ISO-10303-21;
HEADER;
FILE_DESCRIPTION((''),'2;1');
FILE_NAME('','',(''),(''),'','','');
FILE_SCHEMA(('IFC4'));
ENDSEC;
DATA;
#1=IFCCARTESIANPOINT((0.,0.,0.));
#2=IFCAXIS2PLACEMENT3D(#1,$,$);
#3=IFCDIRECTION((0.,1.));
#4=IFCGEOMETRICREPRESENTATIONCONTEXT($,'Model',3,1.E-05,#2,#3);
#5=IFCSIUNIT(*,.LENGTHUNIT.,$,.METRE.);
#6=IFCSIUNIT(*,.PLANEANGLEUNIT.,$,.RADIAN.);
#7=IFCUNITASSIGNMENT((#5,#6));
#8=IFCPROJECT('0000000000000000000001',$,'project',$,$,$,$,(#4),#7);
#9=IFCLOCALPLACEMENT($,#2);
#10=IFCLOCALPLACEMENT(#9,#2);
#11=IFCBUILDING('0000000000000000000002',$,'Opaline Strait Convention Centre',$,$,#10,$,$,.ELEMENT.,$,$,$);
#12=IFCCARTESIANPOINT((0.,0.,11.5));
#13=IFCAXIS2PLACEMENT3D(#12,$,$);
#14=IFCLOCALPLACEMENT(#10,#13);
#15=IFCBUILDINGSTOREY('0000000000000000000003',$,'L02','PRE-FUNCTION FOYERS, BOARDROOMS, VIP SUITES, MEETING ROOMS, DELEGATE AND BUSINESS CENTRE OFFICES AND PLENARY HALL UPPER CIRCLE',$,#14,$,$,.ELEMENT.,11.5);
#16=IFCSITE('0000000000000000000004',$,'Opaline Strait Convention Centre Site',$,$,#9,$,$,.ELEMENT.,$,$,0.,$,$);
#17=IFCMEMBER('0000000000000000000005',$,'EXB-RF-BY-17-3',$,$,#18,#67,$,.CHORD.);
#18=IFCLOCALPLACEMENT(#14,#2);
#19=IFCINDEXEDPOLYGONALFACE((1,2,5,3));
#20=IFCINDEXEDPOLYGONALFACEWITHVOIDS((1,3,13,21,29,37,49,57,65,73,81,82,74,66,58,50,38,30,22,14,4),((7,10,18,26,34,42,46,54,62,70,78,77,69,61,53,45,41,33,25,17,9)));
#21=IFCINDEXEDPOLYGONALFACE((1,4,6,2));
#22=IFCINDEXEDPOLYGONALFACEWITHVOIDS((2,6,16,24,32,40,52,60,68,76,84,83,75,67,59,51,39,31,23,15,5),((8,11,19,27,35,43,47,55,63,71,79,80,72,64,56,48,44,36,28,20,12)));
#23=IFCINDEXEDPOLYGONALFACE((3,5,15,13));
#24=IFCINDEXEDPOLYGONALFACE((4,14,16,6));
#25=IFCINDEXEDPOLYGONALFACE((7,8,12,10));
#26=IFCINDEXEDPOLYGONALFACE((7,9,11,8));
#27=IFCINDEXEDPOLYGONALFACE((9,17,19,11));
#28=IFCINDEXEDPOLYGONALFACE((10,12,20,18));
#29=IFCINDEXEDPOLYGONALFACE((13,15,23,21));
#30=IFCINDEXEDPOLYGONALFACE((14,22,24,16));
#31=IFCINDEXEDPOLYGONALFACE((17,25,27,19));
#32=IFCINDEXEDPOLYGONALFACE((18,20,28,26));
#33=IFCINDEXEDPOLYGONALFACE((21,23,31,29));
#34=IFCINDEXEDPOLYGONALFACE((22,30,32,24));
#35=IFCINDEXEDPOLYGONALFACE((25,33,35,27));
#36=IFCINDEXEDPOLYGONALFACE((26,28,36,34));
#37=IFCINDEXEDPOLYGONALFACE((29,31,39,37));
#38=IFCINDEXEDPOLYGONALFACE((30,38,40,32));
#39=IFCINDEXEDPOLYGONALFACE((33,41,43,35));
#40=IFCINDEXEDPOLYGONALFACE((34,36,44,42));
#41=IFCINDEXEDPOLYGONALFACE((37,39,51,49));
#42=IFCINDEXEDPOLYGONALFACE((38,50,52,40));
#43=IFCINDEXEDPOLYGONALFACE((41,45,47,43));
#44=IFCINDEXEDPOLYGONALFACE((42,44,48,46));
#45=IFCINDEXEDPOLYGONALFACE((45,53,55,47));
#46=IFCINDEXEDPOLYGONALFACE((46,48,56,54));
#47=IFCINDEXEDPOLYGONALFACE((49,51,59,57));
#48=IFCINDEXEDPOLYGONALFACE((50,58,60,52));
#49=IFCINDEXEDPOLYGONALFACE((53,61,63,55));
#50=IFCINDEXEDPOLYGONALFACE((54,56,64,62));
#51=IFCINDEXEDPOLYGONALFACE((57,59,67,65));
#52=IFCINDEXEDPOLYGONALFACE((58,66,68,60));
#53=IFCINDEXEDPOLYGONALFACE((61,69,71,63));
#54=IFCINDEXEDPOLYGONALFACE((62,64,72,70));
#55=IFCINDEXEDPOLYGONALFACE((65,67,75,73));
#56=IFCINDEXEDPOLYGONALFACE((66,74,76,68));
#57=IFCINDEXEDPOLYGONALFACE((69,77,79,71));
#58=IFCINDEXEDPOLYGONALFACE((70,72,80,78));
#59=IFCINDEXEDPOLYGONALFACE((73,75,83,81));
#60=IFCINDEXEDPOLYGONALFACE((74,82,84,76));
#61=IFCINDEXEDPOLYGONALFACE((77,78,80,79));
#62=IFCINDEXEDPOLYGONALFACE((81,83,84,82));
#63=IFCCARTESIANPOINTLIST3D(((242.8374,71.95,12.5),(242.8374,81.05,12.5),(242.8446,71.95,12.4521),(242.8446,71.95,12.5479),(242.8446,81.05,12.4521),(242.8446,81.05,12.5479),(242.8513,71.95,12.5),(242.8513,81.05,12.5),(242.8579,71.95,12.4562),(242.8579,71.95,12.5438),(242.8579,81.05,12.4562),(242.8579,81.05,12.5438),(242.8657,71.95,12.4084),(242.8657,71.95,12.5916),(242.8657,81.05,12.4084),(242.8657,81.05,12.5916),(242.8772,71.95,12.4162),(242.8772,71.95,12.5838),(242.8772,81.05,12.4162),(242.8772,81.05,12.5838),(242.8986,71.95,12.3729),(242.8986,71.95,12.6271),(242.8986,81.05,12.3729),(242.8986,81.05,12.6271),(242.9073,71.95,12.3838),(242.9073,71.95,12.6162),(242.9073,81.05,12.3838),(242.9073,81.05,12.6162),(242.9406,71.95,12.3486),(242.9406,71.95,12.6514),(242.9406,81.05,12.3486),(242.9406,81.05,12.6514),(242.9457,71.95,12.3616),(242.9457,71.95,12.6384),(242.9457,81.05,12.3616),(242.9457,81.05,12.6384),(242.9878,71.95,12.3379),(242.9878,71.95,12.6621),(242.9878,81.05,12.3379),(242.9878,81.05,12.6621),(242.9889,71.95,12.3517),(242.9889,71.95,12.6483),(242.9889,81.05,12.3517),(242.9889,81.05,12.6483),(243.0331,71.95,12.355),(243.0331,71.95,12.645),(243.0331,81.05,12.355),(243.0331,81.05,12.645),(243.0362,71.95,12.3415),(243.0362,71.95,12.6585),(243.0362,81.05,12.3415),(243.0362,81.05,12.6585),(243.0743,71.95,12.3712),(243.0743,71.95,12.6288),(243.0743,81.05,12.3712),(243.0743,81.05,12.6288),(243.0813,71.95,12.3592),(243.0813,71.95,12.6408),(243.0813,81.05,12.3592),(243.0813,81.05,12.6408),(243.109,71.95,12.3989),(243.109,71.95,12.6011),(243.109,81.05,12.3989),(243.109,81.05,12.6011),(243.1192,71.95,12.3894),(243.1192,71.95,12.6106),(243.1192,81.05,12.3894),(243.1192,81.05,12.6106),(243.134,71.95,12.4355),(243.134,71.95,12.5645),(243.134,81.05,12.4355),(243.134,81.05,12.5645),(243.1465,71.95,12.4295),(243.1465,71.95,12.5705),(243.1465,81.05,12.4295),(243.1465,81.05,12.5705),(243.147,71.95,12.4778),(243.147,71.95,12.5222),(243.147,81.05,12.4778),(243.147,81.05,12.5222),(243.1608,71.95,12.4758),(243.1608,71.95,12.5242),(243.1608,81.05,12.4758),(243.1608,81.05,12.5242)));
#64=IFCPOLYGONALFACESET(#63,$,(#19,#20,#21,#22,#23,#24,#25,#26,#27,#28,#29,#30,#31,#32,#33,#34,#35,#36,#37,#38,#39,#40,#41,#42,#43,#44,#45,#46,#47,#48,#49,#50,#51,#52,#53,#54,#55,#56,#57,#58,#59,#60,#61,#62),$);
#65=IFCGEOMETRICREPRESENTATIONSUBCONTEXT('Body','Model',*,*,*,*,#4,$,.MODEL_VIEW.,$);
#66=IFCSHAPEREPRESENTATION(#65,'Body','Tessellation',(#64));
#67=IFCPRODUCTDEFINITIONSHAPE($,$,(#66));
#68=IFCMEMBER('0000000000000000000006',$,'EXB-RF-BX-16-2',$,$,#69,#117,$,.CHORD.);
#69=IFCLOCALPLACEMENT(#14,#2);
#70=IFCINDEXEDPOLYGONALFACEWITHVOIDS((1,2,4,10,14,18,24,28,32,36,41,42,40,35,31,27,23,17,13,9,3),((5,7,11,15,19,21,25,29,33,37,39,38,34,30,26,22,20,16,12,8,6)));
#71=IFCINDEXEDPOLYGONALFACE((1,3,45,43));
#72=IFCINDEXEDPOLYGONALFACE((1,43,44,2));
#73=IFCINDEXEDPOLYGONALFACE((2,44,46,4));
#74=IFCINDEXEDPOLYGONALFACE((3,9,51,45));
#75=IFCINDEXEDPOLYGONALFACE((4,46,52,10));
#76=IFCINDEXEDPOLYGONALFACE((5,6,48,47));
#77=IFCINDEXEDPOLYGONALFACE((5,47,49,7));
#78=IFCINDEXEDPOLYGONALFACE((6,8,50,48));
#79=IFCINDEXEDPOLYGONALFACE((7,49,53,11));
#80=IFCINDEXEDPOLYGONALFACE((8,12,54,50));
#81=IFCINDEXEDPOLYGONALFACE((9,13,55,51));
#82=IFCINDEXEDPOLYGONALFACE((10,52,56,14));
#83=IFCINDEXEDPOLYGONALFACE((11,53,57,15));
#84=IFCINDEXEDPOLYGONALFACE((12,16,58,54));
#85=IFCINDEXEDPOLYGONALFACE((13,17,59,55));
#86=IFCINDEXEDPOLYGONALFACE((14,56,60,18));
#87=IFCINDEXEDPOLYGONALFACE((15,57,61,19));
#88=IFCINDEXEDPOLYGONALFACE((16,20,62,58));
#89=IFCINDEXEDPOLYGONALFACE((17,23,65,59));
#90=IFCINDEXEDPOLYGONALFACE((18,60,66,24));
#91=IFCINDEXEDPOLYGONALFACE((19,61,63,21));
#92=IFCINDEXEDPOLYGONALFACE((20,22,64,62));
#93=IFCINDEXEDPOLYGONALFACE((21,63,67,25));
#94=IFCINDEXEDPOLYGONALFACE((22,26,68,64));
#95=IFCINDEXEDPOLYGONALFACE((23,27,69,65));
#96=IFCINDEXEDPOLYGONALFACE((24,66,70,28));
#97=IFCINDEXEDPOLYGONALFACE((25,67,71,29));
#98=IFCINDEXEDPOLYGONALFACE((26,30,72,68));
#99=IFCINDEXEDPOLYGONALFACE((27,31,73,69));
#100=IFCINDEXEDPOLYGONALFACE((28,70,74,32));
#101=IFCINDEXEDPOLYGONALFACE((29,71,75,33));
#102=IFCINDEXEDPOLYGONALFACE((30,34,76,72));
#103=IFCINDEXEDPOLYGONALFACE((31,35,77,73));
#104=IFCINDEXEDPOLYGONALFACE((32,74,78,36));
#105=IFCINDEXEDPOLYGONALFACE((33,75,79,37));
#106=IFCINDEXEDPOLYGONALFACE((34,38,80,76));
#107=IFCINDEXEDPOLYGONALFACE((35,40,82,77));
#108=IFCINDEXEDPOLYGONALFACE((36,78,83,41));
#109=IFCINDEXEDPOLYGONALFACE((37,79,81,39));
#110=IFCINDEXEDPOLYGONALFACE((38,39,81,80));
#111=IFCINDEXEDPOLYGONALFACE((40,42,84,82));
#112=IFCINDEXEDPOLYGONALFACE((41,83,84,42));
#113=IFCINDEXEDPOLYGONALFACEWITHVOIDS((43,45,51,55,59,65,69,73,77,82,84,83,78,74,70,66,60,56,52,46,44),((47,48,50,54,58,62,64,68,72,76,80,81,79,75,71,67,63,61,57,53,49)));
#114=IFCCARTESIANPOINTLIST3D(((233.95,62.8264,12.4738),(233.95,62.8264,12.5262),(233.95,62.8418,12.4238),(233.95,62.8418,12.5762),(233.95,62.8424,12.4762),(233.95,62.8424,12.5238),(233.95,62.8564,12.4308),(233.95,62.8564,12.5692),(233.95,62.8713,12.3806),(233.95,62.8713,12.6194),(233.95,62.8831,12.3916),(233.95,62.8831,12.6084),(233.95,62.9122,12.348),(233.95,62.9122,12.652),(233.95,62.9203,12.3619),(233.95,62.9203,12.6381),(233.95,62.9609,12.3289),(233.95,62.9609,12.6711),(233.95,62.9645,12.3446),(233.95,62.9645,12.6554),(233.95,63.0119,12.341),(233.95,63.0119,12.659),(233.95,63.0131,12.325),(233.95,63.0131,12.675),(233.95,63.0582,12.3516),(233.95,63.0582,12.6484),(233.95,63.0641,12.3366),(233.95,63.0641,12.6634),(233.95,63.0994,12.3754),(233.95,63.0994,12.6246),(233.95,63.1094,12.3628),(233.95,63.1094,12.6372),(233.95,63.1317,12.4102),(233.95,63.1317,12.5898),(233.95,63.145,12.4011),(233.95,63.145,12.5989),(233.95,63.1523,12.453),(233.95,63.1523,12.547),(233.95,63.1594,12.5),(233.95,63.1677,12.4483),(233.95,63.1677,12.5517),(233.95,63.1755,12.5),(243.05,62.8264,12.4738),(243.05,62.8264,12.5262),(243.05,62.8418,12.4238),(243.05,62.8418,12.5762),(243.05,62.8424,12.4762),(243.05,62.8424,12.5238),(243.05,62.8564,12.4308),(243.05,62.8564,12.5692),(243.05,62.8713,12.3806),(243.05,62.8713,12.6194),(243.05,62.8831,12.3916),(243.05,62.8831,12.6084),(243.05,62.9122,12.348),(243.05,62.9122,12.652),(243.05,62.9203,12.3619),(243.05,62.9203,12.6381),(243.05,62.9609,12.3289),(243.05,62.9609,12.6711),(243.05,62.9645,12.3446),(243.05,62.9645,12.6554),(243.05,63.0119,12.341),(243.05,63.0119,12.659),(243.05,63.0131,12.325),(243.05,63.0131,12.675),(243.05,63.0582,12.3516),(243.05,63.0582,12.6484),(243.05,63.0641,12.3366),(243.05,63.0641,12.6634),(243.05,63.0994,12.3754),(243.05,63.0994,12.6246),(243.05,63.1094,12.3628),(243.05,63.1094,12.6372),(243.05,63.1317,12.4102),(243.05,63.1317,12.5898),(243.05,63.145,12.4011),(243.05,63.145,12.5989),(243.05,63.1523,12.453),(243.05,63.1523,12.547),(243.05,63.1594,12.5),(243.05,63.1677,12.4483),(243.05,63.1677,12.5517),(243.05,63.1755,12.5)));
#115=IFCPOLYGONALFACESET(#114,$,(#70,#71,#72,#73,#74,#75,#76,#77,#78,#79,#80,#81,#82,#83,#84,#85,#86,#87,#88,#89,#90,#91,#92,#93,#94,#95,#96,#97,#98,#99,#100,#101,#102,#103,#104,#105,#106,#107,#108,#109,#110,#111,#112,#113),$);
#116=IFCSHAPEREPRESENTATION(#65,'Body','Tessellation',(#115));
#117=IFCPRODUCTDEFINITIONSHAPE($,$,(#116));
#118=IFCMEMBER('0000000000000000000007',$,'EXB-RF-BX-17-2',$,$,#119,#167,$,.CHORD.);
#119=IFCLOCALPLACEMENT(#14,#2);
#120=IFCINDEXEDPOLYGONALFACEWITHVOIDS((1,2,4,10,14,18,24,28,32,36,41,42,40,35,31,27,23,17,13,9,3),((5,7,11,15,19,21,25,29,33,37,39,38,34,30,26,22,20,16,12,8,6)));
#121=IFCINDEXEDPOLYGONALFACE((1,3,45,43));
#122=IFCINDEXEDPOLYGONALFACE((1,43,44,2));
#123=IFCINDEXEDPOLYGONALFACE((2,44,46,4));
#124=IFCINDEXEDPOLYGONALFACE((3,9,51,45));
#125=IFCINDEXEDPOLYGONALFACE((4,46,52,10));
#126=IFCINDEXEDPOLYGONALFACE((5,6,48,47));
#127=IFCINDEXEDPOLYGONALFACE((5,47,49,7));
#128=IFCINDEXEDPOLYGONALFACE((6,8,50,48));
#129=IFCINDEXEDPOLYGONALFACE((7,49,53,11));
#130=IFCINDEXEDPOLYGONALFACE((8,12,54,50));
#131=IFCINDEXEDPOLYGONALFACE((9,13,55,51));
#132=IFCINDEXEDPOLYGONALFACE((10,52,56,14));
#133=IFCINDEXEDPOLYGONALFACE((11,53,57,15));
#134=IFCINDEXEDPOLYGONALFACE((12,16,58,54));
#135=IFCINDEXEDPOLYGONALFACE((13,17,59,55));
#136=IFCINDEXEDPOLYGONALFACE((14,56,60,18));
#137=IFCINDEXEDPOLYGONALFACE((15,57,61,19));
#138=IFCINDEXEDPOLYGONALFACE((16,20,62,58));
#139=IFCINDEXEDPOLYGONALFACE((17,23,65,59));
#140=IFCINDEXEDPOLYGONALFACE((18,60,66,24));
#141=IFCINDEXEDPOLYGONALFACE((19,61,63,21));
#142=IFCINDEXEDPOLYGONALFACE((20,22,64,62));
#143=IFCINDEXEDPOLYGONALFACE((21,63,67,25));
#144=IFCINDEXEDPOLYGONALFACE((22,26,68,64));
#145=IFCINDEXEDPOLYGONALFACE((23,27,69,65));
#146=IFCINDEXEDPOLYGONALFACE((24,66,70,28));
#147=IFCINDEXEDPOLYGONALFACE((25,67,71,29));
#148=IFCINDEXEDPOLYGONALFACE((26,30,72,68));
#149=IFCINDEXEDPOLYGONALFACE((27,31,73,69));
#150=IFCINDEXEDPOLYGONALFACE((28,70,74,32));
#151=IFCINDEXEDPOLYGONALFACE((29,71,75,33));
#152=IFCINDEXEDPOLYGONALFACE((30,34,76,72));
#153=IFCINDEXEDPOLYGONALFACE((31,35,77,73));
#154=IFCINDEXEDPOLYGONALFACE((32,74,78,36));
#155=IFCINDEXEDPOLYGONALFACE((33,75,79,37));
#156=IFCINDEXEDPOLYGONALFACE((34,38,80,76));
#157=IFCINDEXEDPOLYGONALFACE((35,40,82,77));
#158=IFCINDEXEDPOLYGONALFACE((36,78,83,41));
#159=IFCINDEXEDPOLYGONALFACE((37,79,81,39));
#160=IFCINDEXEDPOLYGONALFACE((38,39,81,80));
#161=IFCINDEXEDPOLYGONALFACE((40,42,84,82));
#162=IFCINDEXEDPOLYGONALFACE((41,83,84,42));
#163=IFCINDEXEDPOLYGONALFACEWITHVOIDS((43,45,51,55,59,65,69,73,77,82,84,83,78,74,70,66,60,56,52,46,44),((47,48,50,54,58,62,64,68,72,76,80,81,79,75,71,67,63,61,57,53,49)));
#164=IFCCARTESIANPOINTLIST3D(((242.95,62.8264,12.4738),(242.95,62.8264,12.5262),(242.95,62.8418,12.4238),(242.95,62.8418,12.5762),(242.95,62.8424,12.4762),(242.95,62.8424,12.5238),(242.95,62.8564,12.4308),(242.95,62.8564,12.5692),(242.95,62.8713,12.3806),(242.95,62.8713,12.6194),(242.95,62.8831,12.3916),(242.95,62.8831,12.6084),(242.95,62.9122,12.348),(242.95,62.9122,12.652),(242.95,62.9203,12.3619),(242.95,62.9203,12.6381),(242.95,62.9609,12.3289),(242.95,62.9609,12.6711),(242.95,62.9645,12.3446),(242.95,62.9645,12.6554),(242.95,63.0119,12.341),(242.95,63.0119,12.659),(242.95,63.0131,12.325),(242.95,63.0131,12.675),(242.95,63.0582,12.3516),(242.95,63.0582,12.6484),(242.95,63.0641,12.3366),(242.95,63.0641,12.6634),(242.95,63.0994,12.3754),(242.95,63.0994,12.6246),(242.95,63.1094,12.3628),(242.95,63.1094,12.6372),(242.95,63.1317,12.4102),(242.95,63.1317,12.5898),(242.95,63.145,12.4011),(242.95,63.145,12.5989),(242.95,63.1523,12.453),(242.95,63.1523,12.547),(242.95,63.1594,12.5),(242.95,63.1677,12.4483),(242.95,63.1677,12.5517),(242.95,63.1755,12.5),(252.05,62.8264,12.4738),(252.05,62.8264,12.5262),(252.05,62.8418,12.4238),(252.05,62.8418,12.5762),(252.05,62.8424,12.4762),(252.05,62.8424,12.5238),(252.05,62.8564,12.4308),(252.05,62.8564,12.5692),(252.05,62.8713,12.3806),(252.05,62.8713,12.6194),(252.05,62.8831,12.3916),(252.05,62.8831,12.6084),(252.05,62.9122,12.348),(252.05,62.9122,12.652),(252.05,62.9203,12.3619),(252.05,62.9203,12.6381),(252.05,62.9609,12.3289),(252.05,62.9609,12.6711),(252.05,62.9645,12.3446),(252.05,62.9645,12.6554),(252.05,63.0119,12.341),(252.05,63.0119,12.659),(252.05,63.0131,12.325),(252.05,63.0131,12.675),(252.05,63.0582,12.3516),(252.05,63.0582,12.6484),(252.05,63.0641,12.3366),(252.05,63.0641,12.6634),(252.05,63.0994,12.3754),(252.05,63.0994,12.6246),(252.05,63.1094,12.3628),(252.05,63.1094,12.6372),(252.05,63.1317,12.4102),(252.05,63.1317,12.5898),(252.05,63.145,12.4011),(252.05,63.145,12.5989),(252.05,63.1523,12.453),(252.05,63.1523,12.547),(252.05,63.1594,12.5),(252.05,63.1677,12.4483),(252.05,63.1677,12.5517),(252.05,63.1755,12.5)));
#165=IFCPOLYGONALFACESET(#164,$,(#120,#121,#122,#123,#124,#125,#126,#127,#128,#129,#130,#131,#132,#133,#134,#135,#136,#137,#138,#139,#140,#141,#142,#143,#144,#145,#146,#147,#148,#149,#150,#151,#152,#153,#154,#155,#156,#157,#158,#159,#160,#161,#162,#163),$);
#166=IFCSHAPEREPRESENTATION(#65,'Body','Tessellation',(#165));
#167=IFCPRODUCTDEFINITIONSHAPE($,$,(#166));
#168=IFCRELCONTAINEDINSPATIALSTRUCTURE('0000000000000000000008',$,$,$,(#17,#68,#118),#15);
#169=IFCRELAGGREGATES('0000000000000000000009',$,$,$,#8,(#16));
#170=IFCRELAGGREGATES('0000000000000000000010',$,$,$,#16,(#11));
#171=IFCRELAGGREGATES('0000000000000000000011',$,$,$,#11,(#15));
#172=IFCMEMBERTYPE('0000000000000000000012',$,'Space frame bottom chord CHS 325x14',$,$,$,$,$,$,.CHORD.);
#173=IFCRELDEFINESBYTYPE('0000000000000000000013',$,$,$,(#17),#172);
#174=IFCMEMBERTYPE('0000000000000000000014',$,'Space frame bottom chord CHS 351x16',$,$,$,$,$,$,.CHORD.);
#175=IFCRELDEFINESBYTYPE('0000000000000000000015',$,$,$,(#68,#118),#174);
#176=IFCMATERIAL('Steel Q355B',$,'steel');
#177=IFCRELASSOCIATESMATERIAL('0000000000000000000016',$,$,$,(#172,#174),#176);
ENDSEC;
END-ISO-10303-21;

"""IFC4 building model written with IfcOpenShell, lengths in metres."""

from ifc_helpers import new_model, si_unit, direction, frame, origin, origin_2d, place, context, subcontext, project, spatial, hollow_circle, extrude, material, material_profile, profile_set, type_object, element, save


model = new_model("IFC4")

# Units and contexts
model_context = context("Model", 3, precision=1e-05, world=origin(), true_north=direction((0.0, 1.0)))
body_context = subcontext(model_context, "Body", "Model", "MODEL_VIEW")
ifc_project = project(units=[si_unit("LENGTHUNIT", "METRE"), si_unit("PLANEANGLEUNIT", "RADIAN")], contexts=[model_context])

# Site, building, storey
site_placement = place(None, origin())
site = spatial("IfcSite", under=ifc_project, at=site_placement, Name="Opaline Strait Convention Centre Site", CompositionType="ELEMENT", RefElevation=0.0)
building_placement = place(site_placement, origin())
building = spatial("IfcBuilding", under=site, at=building_placement, Name="Opaline Strait Convention Centre", CompositionType="ELEMENT")
storey_placement = place(building_placement, frame((0.0, 0.0, 11.5)))
storey = spatial("IfcBuildingStorey", under=building, at=storey_placement, Name="L02", Description="PRE-FUNCTION FOYERS, BOARDROOMS, VIP SUITES, MEETING ROOMS, DELEGATE AND BUSINESS CENTRE OFFICES AND PLENARY HALL UPPER CIRCLE", CompositionType="ELEMENT", Elevation=11.5)

# Members
ifc_material_1 = material(Name="Steel Q355B", Category="steel")
ifc_material_profile_1 = material_profile(ifc_material_1, hollow_circle(Radius=0.1626, WallThickness=0.0139, at=origin_2d()), Name="CHS 325x14")
ifc_profile_set_1 = profile_set([ifc_material_profile_1], Name="Steel Q355B")
member_type_1 = type_object("IfcMemberType", Name="Space frame bottom chord CHS 325x14", PredefinedType="CHORD", material=ifc_profile_set_1)
for number, where, z_axis, x_axis, name in (
    (1, (243.0, 71.95, 12.5), (0.0, 1.0, 0.0), (-1.0, 0.0, 0.0), "EXB-RF-BY-17-3"),
):
    element("IfcMember", number, at=place(storey_placement, frame(where, z_axis=z_axis, x_axis=x_axis)), inside=storey, type_object=member_type_1, Name=name, PredefinedType="CHORD", context=body_context, shape_type="SweptSolid", body=[
        extrude(hollow_circle(Radius=0.1626, WallThickness=0.0139, at=origin_2d()), origin(), (0.0, 0.0, 1.0), 9.1001),
    ])
ifc_material_profile_2 = material_profile(ifc_material_1, hollow_circle(Radius=0.1755, WallThickness=0.0161, at=origin_2d()), Name="CHS 351x16")
ifc_profile_set_2 = profile_set([ifc_material_profile_2], Name="Steel Q355B")
member_type_2 = type_object("IfcMemberType", Name="Space frame bottom chord CHS 351x16", PredefinedType="CHORD", material=ifc_profile_set_2)
for number, where, z_axis, x_axis, name in (
    (2, (233.95, 63.0, 12.5), (1.0, 0.0, 0.0), (0.0, 1.0, 0.0), "EXB-RF-BX-16-2"),
    (3, (242.95, 63.0, 12.5), (1.0, 0.0, 0.0), (0.0, 1.0, 0.0), "EXB-RF-BX-17-2"),
):
    element("IfcMember", number, at=place(storey_placement, frame(where, z_axis=z_axis, x_axis=x_axis)), inside=storey, type_object=member_type_2, Name=name, PredefinedType="CHORD", context=body_context, shape_type="SweptSolid", body=[
        extrude(hollow_circle(Radius=0.1755, WallThickness=0.0161, at=origin_2d()), origin(), (0.0, 0.0, 1.0), 9.1001),
    ])

save(model, "model.ifc")
